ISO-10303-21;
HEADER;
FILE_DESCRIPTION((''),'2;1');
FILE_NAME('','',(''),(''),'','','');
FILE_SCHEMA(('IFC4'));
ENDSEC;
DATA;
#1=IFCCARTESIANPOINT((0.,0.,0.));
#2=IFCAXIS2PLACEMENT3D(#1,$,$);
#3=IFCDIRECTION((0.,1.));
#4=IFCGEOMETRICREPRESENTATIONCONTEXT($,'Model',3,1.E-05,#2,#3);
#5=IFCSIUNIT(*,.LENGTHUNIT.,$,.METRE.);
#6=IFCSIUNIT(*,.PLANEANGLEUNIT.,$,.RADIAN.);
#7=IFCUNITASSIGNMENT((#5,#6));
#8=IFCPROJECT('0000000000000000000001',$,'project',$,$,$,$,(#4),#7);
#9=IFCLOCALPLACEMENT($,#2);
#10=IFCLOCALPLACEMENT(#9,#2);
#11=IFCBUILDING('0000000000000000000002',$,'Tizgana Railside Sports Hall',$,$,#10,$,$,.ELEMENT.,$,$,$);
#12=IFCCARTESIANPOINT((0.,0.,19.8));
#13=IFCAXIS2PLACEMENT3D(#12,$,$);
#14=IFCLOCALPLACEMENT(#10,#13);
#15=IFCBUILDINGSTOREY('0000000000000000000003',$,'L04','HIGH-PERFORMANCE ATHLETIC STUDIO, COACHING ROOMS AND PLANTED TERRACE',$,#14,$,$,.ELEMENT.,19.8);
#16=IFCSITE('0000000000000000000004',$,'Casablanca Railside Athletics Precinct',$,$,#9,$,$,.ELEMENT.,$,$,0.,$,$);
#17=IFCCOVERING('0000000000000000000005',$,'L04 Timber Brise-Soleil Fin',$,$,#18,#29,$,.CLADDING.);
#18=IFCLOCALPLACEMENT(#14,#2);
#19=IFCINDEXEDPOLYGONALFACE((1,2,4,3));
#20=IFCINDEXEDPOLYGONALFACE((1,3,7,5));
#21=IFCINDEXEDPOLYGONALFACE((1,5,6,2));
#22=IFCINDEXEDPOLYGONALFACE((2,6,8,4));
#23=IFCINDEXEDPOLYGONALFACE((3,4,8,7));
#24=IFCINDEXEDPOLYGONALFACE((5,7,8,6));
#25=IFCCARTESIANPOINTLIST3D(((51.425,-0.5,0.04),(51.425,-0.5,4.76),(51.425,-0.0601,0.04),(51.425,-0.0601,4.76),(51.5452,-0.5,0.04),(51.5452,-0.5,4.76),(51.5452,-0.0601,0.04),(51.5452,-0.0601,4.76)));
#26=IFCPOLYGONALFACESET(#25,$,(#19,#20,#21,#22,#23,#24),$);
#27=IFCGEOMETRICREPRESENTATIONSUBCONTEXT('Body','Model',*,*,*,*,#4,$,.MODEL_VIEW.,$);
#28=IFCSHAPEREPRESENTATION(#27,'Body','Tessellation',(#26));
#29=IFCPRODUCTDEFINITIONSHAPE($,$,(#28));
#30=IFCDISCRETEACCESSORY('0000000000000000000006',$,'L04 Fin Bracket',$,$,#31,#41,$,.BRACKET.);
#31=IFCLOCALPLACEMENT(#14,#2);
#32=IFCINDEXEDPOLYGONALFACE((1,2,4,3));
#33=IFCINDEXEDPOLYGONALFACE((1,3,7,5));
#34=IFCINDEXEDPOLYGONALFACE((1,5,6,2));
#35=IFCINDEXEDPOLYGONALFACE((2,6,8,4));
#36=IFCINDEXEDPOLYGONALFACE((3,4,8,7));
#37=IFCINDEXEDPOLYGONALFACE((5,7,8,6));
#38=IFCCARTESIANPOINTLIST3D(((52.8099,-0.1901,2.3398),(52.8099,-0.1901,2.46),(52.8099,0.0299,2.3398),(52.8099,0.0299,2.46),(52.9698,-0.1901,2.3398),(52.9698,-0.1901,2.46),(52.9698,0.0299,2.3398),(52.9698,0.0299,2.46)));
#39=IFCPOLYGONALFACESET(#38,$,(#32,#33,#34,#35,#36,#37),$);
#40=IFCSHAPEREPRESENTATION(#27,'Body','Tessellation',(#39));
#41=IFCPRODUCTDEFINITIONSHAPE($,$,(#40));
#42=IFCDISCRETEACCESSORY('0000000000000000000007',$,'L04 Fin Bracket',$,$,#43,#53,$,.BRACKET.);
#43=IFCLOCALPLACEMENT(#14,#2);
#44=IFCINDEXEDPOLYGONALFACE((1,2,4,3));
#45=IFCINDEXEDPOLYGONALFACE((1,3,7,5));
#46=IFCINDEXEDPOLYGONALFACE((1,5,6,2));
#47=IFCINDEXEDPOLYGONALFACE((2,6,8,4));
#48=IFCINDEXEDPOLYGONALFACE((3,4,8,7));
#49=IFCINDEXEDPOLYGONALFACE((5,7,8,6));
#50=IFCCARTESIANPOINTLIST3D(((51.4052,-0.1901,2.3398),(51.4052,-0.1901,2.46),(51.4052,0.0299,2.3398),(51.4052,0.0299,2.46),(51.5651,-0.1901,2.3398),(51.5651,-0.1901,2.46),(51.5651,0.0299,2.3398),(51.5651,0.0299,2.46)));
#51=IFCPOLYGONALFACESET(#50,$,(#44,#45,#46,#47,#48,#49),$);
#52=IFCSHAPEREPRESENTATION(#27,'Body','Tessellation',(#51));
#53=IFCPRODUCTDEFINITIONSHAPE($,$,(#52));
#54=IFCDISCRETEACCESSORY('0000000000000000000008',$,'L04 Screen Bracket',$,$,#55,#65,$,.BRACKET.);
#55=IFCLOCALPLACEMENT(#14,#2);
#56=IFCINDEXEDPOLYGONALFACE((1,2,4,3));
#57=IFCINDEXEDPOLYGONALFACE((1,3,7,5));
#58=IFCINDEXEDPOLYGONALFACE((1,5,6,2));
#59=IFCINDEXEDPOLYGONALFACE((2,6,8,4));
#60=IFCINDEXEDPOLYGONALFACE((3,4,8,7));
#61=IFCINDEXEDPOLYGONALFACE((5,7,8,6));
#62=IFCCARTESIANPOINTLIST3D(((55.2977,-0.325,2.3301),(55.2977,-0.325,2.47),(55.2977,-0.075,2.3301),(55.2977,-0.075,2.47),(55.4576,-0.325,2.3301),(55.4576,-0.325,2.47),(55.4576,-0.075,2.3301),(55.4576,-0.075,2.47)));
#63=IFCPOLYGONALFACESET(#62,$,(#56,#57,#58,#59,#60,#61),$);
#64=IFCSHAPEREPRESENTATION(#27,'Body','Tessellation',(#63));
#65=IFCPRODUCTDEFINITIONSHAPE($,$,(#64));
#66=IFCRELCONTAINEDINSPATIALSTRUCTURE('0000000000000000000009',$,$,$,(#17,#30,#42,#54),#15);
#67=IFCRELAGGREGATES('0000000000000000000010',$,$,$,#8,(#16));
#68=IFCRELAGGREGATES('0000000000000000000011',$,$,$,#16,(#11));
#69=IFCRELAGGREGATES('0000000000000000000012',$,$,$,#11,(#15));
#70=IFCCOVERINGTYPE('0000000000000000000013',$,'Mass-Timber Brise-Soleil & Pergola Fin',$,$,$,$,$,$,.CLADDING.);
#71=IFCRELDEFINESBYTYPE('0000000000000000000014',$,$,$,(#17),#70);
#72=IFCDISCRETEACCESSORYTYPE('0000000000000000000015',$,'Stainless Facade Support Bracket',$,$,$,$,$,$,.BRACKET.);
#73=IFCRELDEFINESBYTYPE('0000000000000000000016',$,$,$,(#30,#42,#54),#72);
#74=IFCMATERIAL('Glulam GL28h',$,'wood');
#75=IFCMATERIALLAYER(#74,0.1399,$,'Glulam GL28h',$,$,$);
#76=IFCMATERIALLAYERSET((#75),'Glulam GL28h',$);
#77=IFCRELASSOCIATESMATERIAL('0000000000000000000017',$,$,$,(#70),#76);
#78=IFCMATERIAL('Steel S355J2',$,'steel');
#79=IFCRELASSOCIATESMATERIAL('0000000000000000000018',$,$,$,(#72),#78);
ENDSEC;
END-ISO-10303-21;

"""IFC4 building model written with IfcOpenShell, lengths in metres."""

from ifc_helpers import new_model, si_unit, direction, frame, origin, origin_2d, place, context, subcontext, project, spatial, rectangle, extrude, material, layer, layer_set, type_object, element, save


model = new_model("IFC4")

# Units and contexts
model_context = context("Model", 3, precision=1e-05, world=origin(), true_north=direction((0.0, 1.0)))
body_context = subcontext(model_context, "Body", "Model", "MODEL_VIEW")
ifc_project = project(units=[si_unit("LENGTHUNIT", "METRE"), si_unit("PLANEANGLEUNIT", "RADIAN")], contexts=[model_context])

# Site, building, storey
site_placement = place(None, origin())
site = spatial("IfcSite", under=ifc_project, at=site_placement, Name="Casablanca Railside Athletics Precinct", CompositionType="ELEMENT", RefElevation=0.0)
building_placement = place(site_placement, origin())
building = spatial("IfcBuilding", under=site, at=building_placement, Name="Tizgana Railside Sports Hall", CompositionType="ELEMENT")
storey_placement = place(building_placement, frame((0.0, 0.0, 19.8)))
storey = spatial("IfcBuildingStorey", under=building, at=storey_placement, Name="L04", Description="HIGH-PERFORMANCE ATHLETIC STUDIO, COACHING ROOMS AND PLANTED TERRACE", CompositionType="ELEMENT", Elevation=19.8)

# Shared definitions
ifc_material_1 = material(Name="Steel S355J2", Category="steel")

# Covering
ifc_material_2 = material(Name="Glulam GL28h", Category="wood")
ifc_layer_1 = layer(ifc_material_2, 0.1399, Name="Glulam GL28h")
ifc_layer_set_1 = layer_set([ifc_layer_1], Name="Glulam GL28h")
covering_type = type_object("IfcCoveringType", Name="Mass-Timber Brise-Soleil & Pergola Fin", PredefinedType="CLADDING", material=ifc_layer_set_1)
for number, where, z_axis, x_axis, name in (
    (1, (51.4851, -0.28, 0.04), (0.0, 0.0, 1.0), (-1.0, 0.0, 0.0), "L04 Timber Brise-Soleil Fin"),
):
    element("IfcCovering", number, at=place(storey_placement, frame(where, z_axis=z_axis, x_axis=x_axis)), inside=storey, type_object=covering_type, Name=name, PredefinedType="CLADDING", context=body_context, shape_type="SweptSolid", body=[
        extrude(rectangle(XDim=0.1201, YDim=0.4399, at=origin_2d()), origin(), (0.0, 0.0, 1.0), 4.72),
    ])

# Discrete accessories
discrete_accessory_type = type_object("IfcDiscreteAccessoryType", Name="Stainless Facade Support Bracket", PredefinedType="BRACKET", material=ifc_material_1)
for number, where, z_axis, x_axis, name in (
    (2, (52.8899, -0.0801, 2.3398), (0.0, 0.0, 1.0), (-1.0, 0.0, 0.0), "L04 Fin Bracket"),
    (3, (51.4851, -0.0801, 2.3398), (0.0, 0.0, 1.0), (-1.0, 0.0, 0.0), "L04 Fin Bracket"),
):
    element("IfcDiscreteAccessory", number, at=place(storey_placement, frame(where, z_axis=z_axis, x_axis=x_axis)), inside=storey, type_object=discrete_accessory_type, Name=name, PredefinedType="BRACKET", context=body_context, shape_type="SweptSolid", body=[
        extrude(rectangle(XDim=0.1599, YDim=0.22, at=origin_2d()), origin(), (0.0, 0.0, 1.0), 0.1201),
    ])
discrete_accessory_placement = place(storey_placement, frame((55.3777, -0.2, 2.3301), z_axis=(0.0, 0.0, 1.0), x_axis=(-1.0, 0.0, 0.0)))
element("IfcDiscreteAccessory", 4, at=discrete_accessory_placement, inside=storey, type_object=discrete_accessory_type, Name="L04 Screen Bracket", PredefinedType="BRACKET", context=body_context, shape_type="SweptSolid", body=[
    extrude(rectangle(XDim=0.1599, YDim=0.25, at=origin_2d()), origin(), (0.0, 0.0, 1.0), 0.1399),
])

save(model, "model.ifc")
